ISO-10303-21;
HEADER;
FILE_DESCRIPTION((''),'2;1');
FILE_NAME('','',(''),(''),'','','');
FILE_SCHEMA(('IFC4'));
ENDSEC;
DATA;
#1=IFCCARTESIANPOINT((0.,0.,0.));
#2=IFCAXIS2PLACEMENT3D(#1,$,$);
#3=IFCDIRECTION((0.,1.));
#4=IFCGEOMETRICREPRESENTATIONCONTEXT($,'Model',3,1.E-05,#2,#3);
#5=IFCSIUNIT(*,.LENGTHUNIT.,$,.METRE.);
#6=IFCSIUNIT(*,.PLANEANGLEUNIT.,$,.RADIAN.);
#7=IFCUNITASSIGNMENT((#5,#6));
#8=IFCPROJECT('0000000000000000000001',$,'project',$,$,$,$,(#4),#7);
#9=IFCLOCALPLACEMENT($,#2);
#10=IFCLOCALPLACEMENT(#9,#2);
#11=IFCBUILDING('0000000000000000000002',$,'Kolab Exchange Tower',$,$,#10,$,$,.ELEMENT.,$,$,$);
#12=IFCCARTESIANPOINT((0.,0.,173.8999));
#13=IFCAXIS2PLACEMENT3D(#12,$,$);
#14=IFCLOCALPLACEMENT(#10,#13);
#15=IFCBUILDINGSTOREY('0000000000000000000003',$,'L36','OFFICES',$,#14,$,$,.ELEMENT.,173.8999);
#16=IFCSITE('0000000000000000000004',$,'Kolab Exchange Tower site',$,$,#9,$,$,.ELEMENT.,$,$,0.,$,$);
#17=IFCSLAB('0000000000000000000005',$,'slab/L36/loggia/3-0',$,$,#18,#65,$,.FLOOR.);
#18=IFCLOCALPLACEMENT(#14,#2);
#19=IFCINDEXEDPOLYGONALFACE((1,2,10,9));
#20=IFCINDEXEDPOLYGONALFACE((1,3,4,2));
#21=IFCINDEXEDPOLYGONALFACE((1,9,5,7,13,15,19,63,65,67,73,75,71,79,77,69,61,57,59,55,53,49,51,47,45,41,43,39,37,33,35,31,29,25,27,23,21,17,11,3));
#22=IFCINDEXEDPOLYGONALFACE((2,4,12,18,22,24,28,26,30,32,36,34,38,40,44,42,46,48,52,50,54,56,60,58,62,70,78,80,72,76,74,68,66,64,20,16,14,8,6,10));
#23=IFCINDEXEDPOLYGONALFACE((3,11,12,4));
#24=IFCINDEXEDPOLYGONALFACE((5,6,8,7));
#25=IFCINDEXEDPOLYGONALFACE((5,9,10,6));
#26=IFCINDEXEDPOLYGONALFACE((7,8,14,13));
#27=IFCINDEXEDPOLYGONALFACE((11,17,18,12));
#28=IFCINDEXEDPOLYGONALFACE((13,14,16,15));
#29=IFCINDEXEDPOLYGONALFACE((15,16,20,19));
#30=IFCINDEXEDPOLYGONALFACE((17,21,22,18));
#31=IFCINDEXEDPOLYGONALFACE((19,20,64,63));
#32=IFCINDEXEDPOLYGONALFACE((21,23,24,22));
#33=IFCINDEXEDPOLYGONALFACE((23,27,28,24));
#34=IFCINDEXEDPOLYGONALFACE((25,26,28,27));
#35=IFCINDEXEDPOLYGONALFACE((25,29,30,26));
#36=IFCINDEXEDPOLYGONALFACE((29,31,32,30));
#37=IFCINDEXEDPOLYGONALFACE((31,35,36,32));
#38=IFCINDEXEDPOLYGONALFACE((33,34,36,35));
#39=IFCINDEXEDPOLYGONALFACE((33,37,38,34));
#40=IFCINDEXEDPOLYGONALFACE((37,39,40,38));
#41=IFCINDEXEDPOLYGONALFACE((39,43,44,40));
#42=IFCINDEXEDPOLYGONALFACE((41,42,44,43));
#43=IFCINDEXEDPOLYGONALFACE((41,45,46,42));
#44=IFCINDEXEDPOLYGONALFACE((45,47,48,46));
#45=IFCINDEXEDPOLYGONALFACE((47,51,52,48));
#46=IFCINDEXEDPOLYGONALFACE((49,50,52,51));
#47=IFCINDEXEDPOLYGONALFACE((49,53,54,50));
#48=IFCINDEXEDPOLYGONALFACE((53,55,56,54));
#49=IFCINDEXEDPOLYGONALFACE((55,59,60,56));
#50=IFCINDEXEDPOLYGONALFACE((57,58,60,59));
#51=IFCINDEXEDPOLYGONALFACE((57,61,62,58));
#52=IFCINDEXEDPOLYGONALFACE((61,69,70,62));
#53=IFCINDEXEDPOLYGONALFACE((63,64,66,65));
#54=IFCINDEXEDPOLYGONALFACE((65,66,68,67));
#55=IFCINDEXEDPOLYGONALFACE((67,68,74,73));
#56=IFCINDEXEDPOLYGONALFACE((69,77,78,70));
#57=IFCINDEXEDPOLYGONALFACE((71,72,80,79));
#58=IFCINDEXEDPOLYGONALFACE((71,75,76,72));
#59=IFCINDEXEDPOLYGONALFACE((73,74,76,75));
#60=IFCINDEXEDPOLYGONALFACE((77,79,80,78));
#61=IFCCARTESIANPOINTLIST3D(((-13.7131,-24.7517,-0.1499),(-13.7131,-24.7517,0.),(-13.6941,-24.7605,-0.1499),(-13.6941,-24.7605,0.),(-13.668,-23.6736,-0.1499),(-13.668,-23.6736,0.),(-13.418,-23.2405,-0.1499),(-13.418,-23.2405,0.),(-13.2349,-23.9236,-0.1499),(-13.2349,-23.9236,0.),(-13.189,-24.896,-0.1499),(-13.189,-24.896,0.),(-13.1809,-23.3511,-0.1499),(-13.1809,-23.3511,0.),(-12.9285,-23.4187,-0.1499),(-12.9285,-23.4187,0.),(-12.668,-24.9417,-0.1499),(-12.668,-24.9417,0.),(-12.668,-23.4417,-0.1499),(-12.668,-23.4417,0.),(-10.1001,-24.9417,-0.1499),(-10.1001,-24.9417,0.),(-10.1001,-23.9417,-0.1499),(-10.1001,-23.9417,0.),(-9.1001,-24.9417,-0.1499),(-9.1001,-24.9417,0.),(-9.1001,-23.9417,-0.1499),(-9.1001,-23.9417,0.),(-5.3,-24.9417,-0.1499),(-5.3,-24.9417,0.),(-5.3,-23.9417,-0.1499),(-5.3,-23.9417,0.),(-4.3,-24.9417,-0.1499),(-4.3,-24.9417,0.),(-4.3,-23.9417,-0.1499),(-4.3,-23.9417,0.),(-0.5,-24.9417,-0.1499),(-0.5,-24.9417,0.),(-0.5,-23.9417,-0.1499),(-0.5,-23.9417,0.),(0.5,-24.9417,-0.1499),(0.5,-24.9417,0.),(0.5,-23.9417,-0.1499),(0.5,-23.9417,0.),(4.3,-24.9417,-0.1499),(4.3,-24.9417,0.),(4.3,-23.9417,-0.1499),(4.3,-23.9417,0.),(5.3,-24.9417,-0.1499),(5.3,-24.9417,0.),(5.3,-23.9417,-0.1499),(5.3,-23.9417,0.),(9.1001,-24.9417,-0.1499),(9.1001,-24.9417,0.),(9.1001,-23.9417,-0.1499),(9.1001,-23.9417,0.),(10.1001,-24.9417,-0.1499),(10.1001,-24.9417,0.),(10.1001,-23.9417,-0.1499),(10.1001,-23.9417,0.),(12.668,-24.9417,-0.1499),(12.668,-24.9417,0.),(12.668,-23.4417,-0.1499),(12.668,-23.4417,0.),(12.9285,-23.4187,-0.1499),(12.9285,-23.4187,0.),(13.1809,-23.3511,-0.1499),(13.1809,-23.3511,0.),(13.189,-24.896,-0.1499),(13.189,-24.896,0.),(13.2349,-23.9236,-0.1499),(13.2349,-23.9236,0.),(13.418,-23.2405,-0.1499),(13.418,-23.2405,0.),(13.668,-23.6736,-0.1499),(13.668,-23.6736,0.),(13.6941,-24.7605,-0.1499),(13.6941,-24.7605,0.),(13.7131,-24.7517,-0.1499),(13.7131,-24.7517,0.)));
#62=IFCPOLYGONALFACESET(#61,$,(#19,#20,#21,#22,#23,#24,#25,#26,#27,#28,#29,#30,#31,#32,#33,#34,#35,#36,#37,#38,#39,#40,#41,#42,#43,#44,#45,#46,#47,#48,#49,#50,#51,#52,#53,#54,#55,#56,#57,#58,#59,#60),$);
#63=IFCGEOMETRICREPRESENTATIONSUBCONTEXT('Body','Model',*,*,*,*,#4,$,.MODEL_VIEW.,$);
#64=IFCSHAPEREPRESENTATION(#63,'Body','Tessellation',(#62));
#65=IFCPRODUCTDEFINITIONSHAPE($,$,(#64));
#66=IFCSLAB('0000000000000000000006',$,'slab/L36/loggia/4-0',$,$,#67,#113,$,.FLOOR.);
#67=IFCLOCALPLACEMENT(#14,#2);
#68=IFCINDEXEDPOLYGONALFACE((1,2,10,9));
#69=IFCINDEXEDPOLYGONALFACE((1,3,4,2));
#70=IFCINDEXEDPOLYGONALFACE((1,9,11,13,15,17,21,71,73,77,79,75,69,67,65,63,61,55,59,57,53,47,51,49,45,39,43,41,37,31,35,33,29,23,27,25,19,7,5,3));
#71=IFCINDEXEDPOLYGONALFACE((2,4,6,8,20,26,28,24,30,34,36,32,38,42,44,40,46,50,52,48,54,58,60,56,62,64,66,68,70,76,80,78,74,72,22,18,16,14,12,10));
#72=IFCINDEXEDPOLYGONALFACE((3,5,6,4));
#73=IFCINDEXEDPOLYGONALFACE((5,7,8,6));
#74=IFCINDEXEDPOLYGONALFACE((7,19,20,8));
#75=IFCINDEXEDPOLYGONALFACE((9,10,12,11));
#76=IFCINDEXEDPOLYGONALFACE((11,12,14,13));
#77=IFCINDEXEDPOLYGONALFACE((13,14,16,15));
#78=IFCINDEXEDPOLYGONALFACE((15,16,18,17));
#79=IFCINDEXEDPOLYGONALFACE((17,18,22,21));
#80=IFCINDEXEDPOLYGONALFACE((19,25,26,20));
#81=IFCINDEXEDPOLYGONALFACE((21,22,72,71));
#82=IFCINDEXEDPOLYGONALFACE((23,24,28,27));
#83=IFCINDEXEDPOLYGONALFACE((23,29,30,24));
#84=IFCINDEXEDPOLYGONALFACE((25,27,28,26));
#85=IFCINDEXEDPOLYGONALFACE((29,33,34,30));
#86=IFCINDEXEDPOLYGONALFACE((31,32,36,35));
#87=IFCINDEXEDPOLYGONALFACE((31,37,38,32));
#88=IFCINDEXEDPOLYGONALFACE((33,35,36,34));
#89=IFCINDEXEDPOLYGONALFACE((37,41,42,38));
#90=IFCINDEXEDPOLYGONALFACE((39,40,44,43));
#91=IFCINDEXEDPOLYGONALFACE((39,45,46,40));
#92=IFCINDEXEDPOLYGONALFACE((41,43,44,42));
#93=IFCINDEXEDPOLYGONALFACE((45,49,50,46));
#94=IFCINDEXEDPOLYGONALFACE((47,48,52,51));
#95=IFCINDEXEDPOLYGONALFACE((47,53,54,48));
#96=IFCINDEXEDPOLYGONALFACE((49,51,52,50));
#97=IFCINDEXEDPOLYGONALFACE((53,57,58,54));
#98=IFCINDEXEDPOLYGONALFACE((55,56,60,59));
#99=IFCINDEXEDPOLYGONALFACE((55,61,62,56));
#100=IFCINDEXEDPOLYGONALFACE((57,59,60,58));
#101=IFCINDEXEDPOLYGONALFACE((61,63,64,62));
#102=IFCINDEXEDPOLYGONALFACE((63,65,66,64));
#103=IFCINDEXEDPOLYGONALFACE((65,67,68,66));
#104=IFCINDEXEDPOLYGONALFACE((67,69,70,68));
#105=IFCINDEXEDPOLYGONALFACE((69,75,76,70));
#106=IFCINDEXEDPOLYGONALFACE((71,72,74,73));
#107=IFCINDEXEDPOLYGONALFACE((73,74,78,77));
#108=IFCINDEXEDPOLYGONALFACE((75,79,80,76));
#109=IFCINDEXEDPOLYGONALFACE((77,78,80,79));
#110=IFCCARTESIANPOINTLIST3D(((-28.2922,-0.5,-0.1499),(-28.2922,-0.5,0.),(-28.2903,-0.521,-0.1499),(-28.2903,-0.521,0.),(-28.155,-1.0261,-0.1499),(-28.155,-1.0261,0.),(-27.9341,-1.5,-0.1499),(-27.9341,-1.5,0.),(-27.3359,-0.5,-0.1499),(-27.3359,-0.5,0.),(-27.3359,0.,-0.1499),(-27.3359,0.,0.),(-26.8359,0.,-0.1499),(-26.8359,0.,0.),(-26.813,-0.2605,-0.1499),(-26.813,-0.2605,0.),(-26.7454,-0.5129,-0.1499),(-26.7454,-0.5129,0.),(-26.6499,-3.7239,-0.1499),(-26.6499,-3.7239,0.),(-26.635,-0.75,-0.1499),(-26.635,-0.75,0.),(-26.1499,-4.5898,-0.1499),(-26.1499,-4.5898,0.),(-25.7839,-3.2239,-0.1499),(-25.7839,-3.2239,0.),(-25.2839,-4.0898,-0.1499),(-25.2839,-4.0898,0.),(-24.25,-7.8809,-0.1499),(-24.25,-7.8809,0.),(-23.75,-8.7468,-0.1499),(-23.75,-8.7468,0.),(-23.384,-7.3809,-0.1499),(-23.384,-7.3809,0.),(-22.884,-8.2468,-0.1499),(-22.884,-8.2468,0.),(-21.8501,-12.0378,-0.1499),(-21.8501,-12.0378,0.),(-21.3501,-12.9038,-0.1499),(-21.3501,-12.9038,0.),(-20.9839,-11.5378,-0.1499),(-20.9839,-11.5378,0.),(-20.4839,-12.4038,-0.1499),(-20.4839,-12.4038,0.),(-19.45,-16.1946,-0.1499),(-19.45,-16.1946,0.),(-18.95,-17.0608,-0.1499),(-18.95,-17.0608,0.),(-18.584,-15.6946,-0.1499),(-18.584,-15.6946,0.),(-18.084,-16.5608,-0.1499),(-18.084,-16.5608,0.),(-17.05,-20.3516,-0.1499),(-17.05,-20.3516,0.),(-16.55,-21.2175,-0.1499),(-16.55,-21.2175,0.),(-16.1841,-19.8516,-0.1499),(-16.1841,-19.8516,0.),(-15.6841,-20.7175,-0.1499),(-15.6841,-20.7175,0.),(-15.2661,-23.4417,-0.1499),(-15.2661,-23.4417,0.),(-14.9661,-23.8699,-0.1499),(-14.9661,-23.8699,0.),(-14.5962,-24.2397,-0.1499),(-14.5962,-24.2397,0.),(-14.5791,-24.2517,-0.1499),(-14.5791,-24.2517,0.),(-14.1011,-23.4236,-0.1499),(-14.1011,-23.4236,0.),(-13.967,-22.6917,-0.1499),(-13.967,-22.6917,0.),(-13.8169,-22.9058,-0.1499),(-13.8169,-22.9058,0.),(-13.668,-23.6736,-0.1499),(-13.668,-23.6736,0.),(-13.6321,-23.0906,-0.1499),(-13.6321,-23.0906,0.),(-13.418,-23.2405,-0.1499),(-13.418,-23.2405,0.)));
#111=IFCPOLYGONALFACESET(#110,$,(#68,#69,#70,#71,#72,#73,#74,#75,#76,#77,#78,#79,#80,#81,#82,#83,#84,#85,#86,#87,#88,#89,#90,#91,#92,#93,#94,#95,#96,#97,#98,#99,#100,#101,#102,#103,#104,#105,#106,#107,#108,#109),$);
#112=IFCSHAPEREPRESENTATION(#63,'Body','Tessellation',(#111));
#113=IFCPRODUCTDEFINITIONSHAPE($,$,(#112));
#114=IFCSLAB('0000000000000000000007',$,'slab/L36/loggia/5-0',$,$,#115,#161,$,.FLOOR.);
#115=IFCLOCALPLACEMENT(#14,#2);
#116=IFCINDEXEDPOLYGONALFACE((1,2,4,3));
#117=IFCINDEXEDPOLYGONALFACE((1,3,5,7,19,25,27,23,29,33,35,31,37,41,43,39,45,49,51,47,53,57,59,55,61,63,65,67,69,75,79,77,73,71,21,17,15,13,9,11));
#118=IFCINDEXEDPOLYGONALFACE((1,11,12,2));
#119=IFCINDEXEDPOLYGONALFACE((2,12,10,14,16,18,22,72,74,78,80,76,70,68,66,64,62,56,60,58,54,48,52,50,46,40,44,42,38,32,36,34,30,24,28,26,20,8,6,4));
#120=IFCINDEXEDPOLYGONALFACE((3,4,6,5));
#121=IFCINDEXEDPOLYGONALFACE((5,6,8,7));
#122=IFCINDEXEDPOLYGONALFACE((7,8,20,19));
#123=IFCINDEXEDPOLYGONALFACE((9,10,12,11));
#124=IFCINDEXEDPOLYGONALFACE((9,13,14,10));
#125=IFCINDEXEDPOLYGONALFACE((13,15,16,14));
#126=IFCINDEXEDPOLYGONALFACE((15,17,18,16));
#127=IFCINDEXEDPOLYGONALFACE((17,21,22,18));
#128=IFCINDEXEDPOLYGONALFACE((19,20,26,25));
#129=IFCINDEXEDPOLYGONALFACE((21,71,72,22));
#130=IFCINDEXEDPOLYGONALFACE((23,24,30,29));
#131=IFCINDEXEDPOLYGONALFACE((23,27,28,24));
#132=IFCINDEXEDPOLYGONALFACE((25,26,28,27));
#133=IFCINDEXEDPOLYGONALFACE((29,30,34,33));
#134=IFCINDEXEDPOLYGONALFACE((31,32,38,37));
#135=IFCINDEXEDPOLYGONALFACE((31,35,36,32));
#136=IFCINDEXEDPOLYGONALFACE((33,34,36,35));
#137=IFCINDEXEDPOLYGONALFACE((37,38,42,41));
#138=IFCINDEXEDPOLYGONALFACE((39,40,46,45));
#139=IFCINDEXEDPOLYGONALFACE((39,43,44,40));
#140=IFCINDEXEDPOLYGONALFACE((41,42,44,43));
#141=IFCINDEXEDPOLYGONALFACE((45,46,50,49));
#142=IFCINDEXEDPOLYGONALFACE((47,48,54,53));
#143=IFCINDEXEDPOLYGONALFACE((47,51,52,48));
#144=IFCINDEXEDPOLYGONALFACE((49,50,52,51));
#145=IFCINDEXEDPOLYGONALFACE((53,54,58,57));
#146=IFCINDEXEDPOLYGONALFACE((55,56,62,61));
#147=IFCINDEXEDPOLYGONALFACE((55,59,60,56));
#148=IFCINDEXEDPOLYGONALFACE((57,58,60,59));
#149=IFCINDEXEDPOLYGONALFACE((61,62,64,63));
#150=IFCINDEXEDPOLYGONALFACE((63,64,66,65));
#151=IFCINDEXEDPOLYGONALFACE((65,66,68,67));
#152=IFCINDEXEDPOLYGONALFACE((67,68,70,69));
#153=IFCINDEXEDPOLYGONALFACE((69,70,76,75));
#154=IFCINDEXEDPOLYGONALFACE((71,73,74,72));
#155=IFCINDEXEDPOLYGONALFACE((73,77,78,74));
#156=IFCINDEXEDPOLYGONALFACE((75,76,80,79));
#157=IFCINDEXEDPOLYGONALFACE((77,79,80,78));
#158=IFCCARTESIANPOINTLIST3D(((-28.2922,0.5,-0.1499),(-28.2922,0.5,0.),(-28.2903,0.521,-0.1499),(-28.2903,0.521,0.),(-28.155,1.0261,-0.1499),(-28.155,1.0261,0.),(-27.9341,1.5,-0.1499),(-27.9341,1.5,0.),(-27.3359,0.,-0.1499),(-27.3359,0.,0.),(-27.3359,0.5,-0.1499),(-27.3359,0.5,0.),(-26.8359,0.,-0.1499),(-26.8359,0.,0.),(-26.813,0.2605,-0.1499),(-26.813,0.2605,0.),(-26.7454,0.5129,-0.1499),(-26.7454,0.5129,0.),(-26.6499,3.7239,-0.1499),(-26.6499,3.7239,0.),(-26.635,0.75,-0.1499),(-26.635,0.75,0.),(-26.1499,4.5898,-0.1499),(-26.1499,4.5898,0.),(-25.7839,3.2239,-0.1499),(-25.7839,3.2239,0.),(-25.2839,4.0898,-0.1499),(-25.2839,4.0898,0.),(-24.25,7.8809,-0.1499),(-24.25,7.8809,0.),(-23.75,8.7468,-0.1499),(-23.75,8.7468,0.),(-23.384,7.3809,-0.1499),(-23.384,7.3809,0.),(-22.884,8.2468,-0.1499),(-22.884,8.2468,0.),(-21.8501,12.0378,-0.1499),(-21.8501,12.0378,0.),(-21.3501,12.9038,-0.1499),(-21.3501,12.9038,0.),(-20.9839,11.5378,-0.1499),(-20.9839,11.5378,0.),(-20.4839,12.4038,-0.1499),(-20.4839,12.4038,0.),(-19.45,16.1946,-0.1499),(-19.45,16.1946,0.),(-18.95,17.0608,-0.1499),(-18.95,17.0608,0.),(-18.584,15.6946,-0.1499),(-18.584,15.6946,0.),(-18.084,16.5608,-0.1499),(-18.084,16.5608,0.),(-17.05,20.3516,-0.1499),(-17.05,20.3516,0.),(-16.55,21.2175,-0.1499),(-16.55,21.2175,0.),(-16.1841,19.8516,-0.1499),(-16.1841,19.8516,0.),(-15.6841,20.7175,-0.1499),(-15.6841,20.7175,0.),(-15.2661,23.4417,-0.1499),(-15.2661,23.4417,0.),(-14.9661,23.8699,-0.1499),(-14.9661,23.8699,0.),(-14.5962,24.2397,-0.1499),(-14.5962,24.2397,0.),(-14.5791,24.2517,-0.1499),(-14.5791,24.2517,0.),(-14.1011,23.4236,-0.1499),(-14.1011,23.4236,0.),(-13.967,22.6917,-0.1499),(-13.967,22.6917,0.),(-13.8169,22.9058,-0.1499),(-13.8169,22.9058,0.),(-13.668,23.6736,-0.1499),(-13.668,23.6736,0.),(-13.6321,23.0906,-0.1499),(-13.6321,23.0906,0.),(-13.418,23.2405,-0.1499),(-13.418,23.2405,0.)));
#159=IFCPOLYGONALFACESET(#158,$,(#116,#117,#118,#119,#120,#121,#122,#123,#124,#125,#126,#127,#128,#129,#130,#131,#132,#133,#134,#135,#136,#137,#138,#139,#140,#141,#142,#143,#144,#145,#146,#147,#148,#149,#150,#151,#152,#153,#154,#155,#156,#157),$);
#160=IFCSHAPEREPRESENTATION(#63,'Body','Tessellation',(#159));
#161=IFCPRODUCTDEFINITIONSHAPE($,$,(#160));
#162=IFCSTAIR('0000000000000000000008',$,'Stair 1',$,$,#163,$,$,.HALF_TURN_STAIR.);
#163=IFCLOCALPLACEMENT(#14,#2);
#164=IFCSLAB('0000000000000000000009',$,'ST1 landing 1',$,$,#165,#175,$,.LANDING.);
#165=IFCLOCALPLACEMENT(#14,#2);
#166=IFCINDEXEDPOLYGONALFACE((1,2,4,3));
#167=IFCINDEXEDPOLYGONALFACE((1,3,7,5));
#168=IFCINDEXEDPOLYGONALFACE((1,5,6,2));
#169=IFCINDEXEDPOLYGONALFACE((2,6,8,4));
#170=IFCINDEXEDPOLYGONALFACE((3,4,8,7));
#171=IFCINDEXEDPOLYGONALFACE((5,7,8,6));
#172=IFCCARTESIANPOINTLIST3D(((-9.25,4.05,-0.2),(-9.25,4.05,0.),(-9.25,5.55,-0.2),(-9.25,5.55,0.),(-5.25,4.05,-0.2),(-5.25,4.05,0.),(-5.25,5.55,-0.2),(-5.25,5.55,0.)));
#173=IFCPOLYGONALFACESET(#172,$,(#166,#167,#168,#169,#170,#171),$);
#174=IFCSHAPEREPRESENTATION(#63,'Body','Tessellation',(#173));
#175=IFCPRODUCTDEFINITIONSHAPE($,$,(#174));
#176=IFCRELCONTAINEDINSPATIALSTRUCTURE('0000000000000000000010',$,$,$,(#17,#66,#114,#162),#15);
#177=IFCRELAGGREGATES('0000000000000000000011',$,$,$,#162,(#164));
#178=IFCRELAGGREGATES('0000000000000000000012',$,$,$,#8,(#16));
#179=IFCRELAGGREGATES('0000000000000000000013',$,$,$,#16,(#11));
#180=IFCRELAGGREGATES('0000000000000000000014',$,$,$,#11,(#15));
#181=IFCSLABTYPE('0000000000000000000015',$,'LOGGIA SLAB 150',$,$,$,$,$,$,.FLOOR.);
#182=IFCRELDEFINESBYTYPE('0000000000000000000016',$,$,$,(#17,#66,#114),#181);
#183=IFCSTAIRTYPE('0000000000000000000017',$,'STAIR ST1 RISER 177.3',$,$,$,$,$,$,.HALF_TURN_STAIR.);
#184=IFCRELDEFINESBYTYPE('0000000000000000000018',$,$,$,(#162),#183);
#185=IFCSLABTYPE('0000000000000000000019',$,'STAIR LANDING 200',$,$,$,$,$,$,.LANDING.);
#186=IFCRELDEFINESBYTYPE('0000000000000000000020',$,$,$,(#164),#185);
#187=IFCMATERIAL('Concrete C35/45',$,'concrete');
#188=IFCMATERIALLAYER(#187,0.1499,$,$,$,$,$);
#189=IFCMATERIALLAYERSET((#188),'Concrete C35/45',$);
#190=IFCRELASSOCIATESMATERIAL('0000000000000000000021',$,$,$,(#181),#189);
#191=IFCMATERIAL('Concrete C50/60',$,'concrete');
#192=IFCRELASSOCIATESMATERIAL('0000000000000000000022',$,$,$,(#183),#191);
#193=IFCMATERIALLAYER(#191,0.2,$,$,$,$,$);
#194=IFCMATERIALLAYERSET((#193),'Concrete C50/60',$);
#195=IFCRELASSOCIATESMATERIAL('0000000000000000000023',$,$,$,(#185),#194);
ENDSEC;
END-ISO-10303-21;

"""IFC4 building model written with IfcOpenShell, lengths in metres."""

from ifc_helpers import new_model, si_unit, direction, frame, origin, place, context, subcontext, project, spatial, polyline, outline, extrude, material, layer, layer_set, type_object, element, aggregate, save


model = new_model("IFC4")

# Units and contexts
model_context = context("Model", 3, precision=1e-05, world=origin(), true_north=direction((0.0, 1.0)))
body_context = subcontext(model_context, "Body", "Model", "MODEL_VIEW")
ifc_project = project(units=[si_unit("LENGTHUNIT", "METRE"), si_unit("PLANEANGLEUNIT", "RADIAN")], contexts=[model_context])

# Site, building, storey
site_placement = place(None, origin())
site = spatial("IfcSite", under=ifc_project, at=site_placement, Name="Kolab Exchange Tower site", CompositionType="ELEMENT", RefElevation=0.0)
building_placement = place(site_placement, origin())
building = spatial("IfcBuilding", under=site, at=building_placement, Name="Kolab Exchange Tower", CompositionType="ELEMENT")
storey_placement = place(building_placement, frame((0.0, 0.0, 173.8999)))
storey = spatial("IfcBuildingStorey", under=building, at=storey_placement, Name="L36", Description="OFFICES", CompositionType="ELEMENT", Elevation=173.8999)

# Slabs
ifc_material_1 = material(Name="Concrete C35/45", Category="concrete")
ifc_layer_1 = layer(ifc_material_1, 0.1499)
ifc_layer_set_1 = layer_set([ifc_layer_1], Name="Concrete C35/45")
slab_type_1 = type_object("IfcSlabType", Name="LOGGIA SLAB 150", PredefinedType="FLOOR", material=ifc_layer_set_1)
slab_1_placement = place(storey_placement, frame((0.0, 0.0, -0.1499)))
element("IfcSlab", 1, at=slab_1_placement, inside=storey, type_object=slab_type_1, Name="slab/L36/loggia/3-0", PredefinedType="FLOOR", context=body_context, shape_type="SweptSolid", body=[
    extrude(outline(polyline([(-13.418, -23.2405), (-13.668, -23.6736), (-13.2349, -23.9236), (-13.7131, -24.7517), (-13.6941, -24.7605), (-13.189, -24.896), (-12.668, -24.9417), (-10.1001, -24.9417), (-10.1001, -23.9417), (-9.1001, -23.9417), (-9.1001, -24.9417), (-5.3, -24.9417), (-5.3, -23.9417), (-4.3, -23.9417), (-4.3, -24.9417), (-0.5, -24.9417), (-0.5, -23.9417), (0.5, -23.9417), (0.5, -24.9417), (4.3, -24.9417), (4.3, -23.9417), (5.3, -23.9417), (5.3, -24.9417), (9.1001, -24.9417), (9.1001, -23.9417), (10.1001, -23.9417), (10.1001, -24.9417), (12.668, -24.9417), (13.189, -24.896), (13.6941, -24.7605), (13.7131, -24.7517), (13.2349, -23.9236), (13.668, -23.6736), (13.418, -23.2405), (13.1809, -23.3511), (12.9285, -23.4187), (12.668, -23.4417), (-12.668, -23.4417), (-12.9285, -23.4187), (-13.1809, -23.3511), (-13.418, -23.2405)])), origin(), (0.0, 0.0, 1.0), 0.1499),
])
slab_2_placement = place(storey_placement, frame((0.0, 0.0, -0.1499)))
element("IfcSlab", 2, at=slab_2_placement, inside=storey, type_object=slab_type_1, Name="slab/L36/loggia/4-0", PredefinedType="FLOOR", context=body_context, shape_type="SweptSolid", body=[
    extrude(outline(polyline([(-26.8359, 0.0), (-27.3359, 0.0), (-27.3359, -0.5), (-28.2922, -0.5), (-28.2903, -0.521), (-28.155, -1.0261), (-27.9341, -1.5), (-26.6499, -3.7239), (-25.7839, -3.2239), (-25.2839, -4.0898), (-26.1499, -4.5898), (-24.25, -7.8809), (-23.384, -7.3809), (-22.884, -8.2468), (-23.75, -8.7468), (-21.8501, -12.0378), (-20.9839, -11.5378), (-20.4839, -12.4038), (-21.3501, -12.9038), (-19.45, -16.1946), (-18.584, -15.6946), (-18.084, -16.5608), (-18.95, -17.0608), (-17.05, -20.3516), (-16.1841, -19.8516), (-15.6841, -20.7175), (-16.55, -21.2175), (-15.2661, -23.4417), (-14.9661, -23.8699), (-14.5962, -24.2397), (-14.5791, -24.2517), (-14.1011, -23.4236), (-13.668, -23.6736), (-13.418, -23.2405), (-13.6321, -23.0906), (-13.8169, -22.9058), (-13.967, -22.6917), (-26.635, -0.75), (-26.7454, -0.5129), (-26.813, -0.2605), (-26.8359, 0.0)])), origin(), (0.0, 0.0, 1.0), 0.1499),
])
slab_3_placement = place(storey_placement, frame((0.0, 0.0, -0.1499)))
element("IfcSlab", 3, at=slab_3_placement, inside=storey, type_object=slab_type_1, Name="slab/L36/loggia/5-0", PredefinedType="FLOOR", context=body_context, shape_type="SweptSolid", body=[
    extrude(outline(polyline([(-13.418, 23.2405), (-13.668, 23.6736), (-14.1011, 23.4236), (-14.5791, 24.2517), (-14.5962, 24.2397), (-14.9661, 23.8699), (-15.2661, 23.4417), (-16.55, 21.2175), (-15.6841, 20.7175), (-16.1841, 19.8516), (-17.05, 20.3516), (-18.95, 17.0608), (-18.084, 16.5608), (-18.584, 15.6946), (-19.45, 16.1946), (-21.3501, 12.9038), (-20.4839, 12.4038), (-20.9839, 11.5378), (-21.8501, 12.0378), (-23.75, 8.7468), (-22.884, 8.2468), (-23.384, 7.3809), (-24.25, 7.8809), (-26.1499, 4.5898), (-25.2839, 4.0898), (-25.7839, 3.2239), (-26.6499, 3.7239), (-27.9341, 1.5), (-28.155, 1.0261), (-28.2903, 0.521), (-28.2922, 0.5), (-27.3359, 0.5), (-27.3359, 0.0), (-26.8359, 0.0), (-26.813, 0.2605), (-26.7454, 0.5129), (-26.635, 0.75), (-13.967, 22.6917), (-13.8169, 22.9058), (-13.6321, 23.0906), (-13.418, 23.2405)])), origin(), (0.0, 0.0, 1.0), 0.1499),
])

# Stair, slab
ifc_material_2 = material(Name="Concrete C50/60", Category="concrete")
stair_type_1 = type_object("IfcStairType", Name="STAIR ST1 RISER 177.3", PredefinedType="HALF_TURN_STAIR", material=ifc_material_2)
stair_1_placement = place(storey_placement, origin())
stair_1 = element("IfcStair", 4, at=stair_1_placement, inside=storey, type_object=stair_type_1, Name="Stair 1", PredefinedType="HALF_TURN_STAIR")
ifc_layer_2 = layer(ifc_material_2, 0.2)
ifc_layer_set_2 = layer_set([ifc_layer_2], Name="Concrete C50/60")
slab_type_2 = type_object("IfcSlabType", Name="STAIR LANDING 200", PredefinedType="LANDING", material=ifc_layer_set_2)
slab_4_placement = place(storey_placement, frame((0.0, 0.0, -0.2)))
slab_4 = element("IfcSlab", 5, at=slab_4_placement, type_object=slab_type_2, Name="ST1 landing 1", PredefinedType="LANDING", context=body_context, shape_type="SweptSolid", body=[
    extrude(outline(polyline([(-9.25, 4.05), (-5.25, 4.05), (-5.25, 5.55), (-9.25, 5.55), (-9.25, 4.05)])), origin(), (0.0, 0.0, 1.0), 0.2),
])
aggregate(stair_1, [slab_4])

save(model, "model.ifc")
